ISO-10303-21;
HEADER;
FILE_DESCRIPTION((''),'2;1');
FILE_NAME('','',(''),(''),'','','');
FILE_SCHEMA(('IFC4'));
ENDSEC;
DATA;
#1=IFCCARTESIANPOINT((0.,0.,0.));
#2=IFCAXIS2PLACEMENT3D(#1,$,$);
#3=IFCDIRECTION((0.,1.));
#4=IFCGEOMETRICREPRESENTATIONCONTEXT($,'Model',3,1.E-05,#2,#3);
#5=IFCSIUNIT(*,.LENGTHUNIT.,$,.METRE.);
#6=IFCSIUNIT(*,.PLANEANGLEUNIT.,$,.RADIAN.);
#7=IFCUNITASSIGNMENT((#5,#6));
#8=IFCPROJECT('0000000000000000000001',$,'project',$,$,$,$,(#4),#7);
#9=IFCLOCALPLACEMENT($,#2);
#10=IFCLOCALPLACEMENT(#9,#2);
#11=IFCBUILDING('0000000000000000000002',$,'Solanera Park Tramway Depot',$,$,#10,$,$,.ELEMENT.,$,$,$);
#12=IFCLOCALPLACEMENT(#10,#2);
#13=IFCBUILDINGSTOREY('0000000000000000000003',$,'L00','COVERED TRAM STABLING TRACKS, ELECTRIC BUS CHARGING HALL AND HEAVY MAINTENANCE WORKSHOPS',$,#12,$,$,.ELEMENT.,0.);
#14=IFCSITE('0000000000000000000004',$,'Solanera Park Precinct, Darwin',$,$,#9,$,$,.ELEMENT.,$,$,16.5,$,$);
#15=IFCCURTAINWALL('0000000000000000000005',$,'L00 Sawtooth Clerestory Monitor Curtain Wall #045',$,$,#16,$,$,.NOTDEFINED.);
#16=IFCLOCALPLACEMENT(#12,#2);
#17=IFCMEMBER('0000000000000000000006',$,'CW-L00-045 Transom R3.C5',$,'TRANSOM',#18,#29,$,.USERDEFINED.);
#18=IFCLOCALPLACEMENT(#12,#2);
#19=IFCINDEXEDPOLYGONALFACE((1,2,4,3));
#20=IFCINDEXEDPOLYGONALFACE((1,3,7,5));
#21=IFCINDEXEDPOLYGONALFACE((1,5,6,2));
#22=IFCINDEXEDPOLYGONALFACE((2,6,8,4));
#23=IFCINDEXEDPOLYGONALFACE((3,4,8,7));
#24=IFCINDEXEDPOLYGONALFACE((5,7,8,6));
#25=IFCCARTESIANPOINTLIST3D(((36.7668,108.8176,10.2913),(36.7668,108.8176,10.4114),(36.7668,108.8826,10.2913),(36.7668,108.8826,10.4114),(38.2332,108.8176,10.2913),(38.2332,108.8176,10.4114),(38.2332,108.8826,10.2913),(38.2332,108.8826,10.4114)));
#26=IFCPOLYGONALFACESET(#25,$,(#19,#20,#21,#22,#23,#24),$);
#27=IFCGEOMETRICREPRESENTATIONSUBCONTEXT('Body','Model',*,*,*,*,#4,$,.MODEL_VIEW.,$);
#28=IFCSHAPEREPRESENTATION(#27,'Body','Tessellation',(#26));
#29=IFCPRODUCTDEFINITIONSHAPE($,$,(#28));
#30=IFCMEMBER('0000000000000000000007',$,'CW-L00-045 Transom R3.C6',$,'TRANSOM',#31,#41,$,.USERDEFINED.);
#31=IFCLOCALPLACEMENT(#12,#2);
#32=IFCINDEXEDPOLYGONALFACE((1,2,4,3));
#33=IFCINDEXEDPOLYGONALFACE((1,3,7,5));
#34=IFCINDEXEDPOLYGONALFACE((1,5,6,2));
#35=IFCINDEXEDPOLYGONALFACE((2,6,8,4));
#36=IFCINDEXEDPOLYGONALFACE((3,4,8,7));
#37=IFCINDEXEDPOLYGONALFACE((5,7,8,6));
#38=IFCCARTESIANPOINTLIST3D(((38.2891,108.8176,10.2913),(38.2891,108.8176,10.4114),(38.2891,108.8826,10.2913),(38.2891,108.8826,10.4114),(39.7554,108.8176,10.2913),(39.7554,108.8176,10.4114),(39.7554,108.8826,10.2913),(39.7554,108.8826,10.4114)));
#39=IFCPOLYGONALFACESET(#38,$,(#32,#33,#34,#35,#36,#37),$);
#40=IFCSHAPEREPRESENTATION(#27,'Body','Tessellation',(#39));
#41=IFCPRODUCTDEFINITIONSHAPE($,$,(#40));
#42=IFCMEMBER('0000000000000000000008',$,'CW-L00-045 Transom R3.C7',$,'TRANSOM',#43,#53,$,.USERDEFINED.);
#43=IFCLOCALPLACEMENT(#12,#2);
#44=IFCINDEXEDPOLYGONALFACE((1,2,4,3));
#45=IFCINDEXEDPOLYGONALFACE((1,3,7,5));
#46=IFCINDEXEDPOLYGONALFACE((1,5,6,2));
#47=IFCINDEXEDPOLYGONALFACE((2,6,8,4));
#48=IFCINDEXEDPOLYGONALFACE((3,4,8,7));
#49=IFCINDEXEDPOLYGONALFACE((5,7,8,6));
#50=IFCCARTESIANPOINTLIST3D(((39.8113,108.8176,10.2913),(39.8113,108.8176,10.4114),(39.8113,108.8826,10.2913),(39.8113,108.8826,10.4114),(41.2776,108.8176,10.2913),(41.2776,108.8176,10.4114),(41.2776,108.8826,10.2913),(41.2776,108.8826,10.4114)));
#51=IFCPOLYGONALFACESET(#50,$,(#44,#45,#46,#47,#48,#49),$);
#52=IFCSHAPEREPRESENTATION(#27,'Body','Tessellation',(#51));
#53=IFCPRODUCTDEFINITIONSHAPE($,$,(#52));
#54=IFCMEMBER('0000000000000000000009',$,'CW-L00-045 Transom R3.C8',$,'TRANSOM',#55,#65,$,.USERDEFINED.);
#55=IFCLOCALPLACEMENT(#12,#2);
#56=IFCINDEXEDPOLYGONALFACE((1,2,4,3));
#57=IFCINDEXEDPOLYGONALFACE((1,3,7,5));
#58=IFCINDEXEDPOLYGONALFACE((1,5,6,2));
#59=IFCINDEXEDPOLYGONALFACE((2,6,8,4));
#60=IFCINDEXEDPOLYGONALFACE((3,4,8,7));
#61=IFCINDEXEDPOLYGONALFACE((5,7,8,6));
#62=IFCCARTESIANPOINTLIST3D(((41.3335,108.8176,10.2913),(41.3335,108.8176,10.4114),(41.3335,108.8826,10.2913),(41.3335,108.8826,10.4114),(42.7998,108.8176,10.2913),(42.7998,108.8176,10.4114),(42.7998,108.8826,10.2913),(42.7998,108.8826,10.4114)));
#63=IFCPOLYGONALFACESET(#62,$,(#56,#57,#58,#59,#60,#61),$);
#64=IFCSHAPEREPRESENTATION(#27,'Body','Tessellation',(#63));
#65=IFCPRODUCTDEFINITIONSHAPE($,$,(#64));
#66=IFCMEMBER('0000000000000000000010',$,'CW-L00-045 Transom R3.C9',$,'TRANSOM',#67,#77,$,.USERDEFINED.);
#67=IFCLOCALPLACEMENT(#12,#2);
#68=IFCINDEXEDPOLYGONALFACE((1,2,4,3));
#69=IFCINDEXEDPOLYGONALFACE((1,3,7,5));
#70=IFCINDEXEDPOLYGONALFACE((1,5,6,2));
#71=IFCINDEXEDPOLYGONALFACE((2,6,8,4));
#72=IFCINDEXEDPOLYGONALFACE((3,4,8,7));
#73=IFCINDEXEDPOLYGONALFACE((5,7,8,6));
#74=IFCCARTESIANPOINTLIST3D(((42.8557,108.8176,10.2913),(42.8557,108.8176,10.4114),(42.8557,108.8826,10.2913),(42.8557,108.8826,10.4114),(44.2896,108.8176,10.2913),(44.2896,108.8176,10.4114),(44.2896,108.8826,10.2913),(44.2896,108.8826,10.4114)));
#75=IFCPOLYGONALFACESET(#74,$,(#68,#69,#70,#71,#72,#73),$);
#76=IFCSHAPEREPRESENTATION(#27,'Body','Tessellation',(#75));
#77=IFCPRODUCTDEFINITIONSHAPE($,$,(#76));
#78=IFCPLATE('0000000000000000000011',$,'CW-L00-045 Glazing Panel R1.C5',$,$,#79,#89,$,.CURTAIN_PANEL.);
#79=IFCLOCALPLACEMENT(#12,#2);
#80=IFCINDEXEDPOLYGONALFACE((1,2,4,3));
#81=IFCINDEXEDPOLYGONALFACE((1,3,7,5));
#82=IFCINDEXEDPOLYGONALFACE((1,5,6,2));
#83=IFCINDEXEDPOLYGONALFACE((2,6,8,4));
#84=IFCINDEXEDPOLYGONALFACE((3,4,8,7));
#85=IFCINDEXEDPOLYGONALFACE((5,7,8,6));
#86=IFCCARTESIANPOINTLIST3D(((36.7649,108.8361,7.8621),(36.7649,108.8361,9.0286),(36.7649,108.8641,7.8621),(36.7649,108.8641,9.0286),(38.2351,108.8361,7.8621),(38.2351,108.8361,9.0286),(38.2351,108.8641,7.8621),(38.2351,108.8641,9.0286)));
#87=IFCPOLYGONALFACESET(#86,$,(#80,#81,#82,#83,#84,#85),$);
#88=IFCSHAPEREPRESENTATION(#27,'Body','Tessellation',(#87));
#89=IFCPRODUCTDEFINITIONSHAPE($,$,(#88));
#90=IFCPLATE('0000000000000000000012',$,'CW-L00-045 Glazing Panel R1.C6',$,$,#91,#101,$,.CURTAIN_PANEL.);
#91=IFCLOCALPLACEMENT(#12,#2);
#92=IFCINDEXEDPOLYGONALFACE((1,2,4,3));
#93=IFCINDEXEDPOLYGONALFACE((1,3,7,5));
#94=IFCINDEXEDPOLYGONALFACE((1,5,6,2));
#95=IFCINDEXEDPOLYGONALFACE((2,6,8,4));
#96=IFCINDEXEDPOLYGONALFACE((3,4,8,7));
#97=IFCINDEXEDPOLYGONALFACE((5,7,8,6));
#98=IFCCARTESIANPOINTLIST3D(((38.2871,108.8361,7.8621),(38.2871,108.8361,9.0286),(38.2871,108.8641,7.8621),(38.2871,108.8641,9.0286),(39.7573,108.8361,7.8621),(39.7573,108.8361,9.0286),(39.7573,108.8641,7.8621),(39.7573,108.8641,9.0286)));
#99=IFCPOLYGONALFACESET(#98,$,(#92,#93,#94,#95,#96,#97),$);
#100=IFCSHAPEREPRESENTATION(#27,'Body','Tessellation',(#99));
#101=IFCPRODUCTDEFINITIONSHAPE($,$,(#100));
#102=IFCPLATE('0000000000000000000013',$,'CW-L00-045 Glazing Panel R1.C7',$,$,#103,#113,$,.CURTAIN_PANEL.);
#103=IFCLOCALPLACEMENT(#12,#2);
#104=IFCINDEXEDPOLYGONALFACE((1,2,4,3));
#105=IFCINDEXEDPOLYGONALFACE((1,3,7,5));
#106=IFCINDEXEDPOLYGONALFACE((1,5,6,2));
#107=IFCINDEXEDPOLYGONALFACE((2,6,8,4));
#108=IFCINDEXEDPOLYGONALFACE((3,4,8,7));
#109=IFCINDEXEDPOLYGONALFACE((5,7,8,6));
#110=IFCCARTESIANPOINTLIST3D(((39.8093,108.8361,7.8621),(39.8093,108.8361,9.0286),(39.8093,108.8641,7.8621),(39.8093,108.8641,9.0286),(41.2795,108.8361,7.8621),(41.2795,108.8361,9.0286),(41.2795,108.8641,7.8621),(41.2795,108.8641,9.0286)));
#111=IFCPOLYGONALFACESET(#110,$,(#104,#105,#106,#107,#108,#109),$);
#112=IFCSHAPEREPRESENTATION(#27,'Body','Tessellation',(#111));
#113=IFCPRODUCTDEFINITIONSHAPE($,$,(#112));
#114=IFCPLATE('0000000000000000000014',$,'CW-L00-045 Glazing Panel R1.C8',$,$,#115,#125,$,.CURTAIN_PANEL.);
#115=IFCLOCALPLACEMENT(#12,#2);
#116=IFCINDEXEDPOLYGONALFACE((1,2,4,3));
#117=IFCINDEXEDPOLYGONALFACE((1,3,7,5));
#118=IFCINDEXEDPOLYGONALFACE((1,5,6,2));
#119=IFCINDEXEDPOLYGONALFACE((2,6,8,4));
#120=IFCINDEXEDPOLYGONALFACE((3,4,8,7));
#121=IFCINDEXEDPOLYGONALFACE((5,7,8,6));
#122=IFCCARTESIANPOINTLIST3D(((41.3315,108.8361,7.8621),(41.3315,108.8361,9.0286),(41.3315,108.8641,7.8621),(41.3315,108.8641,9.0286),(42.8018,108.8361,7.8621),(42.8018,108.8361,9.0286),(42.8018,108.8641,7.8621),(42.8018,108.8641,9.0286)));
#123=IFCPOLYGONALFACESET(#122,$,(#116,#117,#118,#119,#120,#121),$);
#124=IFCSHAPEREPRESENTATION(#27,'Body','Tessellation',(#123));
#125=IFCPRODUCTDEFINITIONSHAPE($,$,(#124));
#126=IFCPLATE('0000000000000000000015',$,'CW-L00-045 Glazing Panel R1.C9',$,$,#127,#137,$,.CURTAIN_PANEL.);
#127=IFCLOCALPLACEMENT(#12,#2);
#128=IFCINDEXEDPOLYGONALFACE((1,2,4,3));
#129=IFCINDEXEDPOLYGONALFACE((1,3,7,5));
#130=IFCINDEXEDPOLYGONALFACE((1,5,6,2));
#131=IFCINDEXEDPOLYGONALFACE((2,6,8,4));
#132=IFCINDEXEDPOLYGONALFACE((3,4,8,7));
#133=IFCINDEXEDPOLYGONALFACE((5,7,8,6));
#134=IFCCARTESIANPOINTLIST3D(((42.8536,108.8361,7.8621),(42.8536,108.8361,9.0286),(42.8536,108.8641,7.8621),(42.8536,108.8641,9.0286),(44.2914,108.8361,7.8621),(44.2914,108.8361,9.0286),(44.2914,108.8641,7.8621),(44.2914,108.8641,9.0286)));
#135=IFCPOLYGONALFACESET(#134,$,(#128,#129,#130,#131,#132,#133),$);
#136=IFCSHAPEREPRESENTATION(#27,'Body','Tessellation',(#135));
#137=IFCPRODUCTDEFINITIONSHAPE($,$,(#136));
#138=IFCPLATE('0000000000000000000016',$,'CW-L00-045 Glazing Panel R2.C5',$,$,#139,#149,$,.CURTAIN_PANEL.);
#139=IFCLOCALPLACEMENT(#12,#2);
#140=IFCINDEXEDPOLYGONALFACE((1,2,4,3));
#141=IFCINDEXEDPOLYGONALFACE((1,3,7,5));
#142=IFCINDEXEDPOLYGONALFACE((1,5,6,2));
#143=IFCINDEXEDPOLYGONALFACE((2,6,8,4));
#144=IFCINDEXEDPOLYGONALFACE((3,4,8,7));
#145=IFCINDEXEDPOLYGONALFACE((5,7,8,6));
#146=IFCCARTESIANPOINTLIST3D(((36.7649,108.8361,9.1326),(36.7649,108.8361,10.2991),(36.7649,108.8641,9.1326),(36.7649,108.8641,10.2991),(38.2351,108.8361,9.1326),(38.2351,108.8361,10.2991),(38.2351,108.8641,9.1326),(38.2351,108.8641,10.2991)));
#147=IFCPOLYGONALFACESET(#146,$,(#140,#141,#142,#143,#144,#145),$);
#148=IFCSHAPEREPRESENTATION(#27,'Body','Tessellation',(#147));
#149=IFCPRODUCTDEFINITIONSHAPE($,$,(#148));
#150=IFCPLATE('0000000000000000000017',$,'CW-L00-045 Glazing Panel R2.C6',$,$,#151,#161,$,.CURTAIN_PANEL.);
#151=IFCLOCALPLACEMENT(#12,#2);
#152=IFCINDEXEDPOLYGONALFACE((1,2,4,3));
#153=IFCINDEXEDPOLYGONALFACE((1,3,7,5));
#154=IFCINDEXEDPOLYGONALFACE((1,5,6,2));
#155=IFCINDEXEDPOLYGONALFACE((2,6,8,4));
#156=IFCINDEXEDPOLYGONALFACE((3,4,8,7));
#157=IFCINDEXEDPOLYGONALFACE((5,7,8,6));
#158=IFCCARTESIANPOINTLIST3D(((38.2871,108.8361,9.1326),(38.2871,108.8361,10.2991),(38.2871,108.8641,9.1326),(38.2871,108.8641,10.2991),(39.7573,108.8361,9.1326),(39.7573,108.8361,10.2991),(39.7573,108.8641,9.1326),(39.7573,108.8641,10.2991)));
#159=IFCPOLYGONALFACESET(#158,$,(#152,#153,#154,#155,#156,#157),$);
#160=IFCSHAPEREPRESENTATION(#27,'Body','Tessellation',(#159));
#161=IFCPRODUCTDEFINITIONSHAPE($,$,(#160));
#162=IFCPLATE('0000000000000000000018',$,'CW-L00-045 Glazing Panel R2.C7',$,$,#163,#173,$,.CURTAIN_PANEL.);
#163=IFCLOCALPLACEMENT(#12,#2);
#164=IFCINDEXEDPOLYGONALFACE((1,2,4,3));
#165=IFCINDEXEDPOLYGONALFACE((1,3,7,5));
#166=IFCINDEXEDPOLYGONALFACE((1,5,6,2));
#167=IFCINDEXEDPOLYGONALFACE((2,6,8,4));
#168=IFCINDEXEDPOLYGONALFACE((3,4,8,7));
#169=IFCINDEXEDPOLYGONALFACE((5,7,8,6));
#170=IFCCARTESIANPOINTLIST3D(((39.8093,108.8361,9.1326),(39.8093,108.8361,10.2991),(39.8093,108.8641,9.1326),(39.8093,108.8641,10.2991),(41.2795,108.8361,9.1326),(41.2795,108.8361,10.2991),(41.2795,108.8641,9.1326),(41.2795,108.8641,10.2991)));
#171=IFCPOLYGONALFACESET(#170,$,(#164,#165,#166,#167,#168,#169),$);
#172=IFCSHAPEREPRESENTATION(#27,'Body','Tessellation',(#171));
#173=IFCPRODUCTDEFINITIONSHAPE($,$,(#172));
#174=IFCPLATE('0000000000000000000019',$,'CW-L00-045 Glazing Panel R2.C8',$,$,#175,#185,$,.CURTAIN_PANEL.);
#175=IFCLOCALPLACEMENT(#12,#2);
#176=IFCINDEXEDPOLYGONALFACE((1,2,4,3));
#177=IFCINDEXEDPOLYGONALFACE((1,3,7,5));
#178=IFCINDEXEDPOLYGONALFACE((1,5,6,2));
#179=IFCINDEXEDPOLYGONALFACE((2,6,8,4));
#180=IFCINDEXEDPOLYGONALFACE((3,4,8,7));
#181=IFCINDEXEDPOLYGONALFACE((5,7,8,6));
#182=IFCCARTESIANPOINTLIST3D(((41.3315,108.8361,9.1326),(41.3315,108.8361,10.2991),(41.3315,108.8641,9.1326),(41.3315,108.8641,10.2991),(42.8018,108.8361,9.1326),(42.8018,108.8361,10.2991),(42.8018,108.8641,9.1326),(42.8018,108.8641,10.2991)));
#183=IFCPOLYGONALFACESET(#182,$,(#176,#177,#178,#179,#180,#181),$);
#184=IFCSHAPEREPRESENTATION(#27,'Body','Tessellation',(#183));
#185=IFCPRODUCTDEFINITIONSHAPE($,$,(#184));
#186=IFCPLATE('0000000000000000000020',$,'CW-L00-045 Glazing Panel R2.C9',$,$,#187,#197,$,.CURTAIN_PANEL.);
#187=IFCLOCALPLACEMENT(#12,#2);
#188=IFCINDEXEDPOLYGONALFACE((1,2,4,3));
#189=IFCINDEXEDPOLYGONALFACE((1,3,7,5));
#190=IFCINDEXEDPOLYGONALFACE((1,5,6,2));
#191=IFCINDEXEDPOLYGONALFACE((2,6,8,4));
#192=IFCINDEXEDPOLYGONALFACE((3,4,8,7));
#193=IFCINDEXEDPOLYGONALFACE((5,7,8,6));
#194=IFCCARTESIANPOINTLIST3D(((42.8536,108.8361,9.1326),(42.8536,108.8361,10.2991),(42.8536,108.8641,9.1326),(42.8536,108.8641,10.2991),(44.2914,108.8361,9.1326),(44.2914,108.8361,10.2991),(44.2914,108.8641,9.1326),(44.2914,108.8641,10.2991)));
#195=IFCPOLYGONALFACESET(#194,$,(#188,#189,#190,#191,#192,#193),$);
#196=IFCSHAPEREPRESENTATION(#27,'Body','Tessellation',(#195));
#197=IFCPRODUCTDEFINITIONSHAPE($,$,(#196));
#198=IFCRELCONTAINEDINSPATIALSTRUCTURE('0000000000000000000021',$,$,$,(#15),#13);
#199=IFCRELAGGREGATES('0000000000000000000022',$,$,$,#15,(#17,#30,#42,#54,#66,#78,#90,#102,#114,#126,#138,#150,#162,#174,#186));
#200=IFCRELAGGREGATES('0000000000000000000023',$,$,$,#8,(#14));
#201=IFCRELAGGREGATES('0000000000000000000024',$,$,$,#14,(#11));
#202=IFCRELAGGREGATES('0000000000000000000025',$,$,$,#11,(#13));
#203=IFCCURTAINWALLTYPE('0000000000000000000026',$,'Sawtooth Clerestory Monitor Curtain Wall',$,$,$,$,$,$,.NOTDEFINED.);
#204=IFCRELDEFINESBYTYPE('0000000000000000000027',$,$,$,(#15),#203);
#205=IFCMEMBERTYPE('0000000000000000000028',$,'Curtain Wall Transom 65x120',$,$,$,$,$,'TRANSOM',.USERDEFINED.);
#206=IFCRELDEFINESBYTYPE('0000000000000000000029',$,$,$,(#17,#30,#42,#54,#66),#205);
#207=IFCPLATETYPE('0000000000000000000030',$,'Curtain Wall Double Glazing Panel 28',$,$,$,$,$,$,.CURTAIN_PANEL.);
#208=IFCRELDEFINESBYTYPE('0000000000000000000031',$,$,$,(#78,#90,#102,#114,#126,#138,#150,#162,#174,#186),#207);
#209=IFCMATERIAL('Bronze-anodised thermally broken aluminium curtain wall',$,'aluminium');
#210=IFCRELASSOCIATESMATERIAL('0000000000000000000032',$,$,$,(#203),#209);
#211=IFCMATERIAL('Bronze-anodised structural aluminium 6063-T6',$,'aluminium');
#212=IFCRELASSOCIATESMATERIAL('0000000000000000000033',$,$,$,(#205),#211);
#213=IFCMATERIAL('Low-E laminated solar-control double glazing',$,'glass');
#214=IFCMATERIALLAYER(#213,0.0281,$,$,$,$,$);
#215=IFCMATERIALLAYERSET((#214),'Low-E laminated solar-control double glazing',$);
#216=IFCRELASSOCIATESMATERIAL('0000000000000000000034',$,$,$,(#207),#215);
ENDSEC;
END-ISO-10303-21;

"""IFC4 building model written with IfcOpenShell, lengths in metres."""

from ifc_helpers import new_model, si_unit, direction, frame, origin, origin_2d, place, context, subcontext, project, spatial, rectangle, extrude, material, layer, layer_set, material_profile, profile_set, type_object, element, aggregate, save


model = new_model("IFC4")

# Units and contexts
model_context = context("Model", 3, precision=1e-05, world=origin(), true_north=direction((0.0, 1.0)))
body_context = subcontext(model_context, "Body", "Model", "MODEL_VIEW")
ifc_project = project(units=[si_unit("LENGTHUNIT", "METRE"), si_unit("PLANEANGLEUNIT", "RADIAN")], contexts=[model_context])

# Site, building, storey
site_placement = place(None, origin())
site = spatial("IfcSite", under=ifc_project, at=site_placement, Name="Solanera Park Precinct, Darwin", CompositionType="ELEMENT", RefElevation=16.5)
building_placement = place(site_placement, origin())
building = spatial("IfcBuilding", under=site, at=building_placement, Name="Solanera Park Tramway Depot", CompositionType="ELEMENT")
storey_placement = place(building_placement, origin())
storey = spatial("IfcBuildingStorey", under=building, at=storey_placement, Name="L00", Description="COVERED TRAM STABLING TRACKS, ELECTRIC BUS CHARGING HALL AND HEAVY MAINTENANCE WORKSHOPS", CompositionType="ELEMENT", Elevation=0.0)

# Curtain wall, members, plates
ifc_material_1 = material(Name="Bronze-anodised thermally broken aluminium curtain wall", Category="aluminium")
curtain_wall_type = type_object("IfcCurtainWallType", Name="Sawtooth Clerestory Monitor Curtain Wall", PredefinedType="NOTDEFINED", material=ifc_material_1)
curtain_wall_placement = place(storey_placement, origin())
curtain_wall = element("IfcCurtainWall", 1, at=curtain_wall_placement, inside=storey, type_object=curtain_wall_type, Name="L00 Sawtooth Clerestory Monitor Curtain Wall #045", PredefinedType="NOTDEFINED")
ifc_material_2 = material(Name="Bronze-anodised structural aluminium 6063-T6", Category="aluminium")
ifc_material_profile_1 = material_profile(ifc_material_2, rectangle(XDim=0.0649, YDim=0.1201, at=origin_2d()), Name="Curtain Wall Transom 65x120")
ifc_profile_set_1 = profile_set([ifc_material_profile_1], Name="Bronze-anodised structural aluminium 6063-T6")
member_type_1 = type_object("IfcMemberType", Name="Curtain Wall Transom 65x120", ElementType="TRANSOM", PredefinedType="USERDEFINED", material=ifc_profile_set_1)
member_1_placement = place(storey_placement, frame((36.7668, 108.8501, 10.3513), z_axis=(1.0, 0.0, 0.0), x_axis=(0.0, 1.0, 0.0)))
member_1 = element("IfcMember", 2, at=member_1_placement, type_object=member_type_1, Name="CW-L00-045 Transom R3.C5", ObjectType="TRANSOM", PredefinedType="USERDEFINED", context=body_context, shape_type="SweptSolid", body=[
    extrude(rectangle(XDim=0.0649, YDim=0.1201, at=origin_2d()), origin(), (0.0, 0.0, 1.0), 1.4663),
])
member_2_placement = place(storey_placement, frame((38.2891, 108.8501, 10.3513), z_axis=(1.0, 0.0, 0.0), x_axis=(0.0, 1.0, 0.0)))
member_2 = element("IfcMember", 3, at=member_2_placement, type_object=member_type_1, Name="CW-L00-045 Transom R3.C6", ObjectType="TRANSOM", PredefinedType="USERDEFINED", context=body_context, shape_type="SweptSolid", body=[
    extrude(rectangle(XDim=0.0649, YDim=0.1201, at=origin_2d()), origin(), (0.0, 0.0, 1.0), 1.4663),
])
member_3_placement = place(storey_placement, frame((39.8113, 108.8501, 10.3513), z_axis=(1.0, 0.0, 0.0), x_axis=(0.0, 1.0, 0.0)))
member_3 = element("IfcMember", 4, at=member_3_placement, type_object=member_type_1, Name="CW-L00-045 Transom R3.C7", ObjectType="TRANSOM", PredefinedType="USERDEFINED", context=body_context, shape_type="SweptSolid", body=[
    extrude(rectangle(XDim=0.0649, YDim=0.1201, at=origin_2d()), origin(), (0.0, 0.0, 1.0), 1.4663),
])
member_4_placement = place(storey_placement, frame((41.3335, 108.8501, 10.3513), z_axis=(1.0, 0.0, 0.0), x_axis=(0.0, 1.0, 0.0)))
member_4 = element("IfcMember", 5, at=member_4_placement, type_object=member_type_1, Name="CW-L00-045 Transom R3.C8", ObjectType="TRANSOM", PredefinedType="USERDEFINED", context=body_context, shape_type="SweptSolid", body=[
    extrude(rectangle(XDim=0.0649, YDim=0.1201, at=origin_2d()), origin(), (0.0, 0.0, 1.0), 1.4663),
])
member_5_placement = place(storey_placement, frame((42.8557, 108.8501, 10.3513), z_axis=(1.0, 0.0, 0.0), x_axis=(0.0, 1.0, 0.0)))
member_5 = element("IfcMember", 6, at=member_5_placement, type_object=member_type_1, Name="CW-L00-045 Transom R3.C9", ObjectType="TRANSOM", PredefinedType="USERDEFINED", context=body_context, shape_type="SweptSolid", body=[
    extrude(rectangle(XDim=0.0649, YDim=0.1201, at=origin_2d()), origin(), (0.0, 0.0, 1.0), 1.4338),
])
ifc_material_3 = material(Name="Low-E laminated solar-control double glazing", Category="glass")
ifc_layer_1 = layer(ifc_material_3, 0.0281)
ifc_layer_set_1 = layer_set([ifc_layer_1], Name="Low-E laminated solar-control double glazing")
plate_type_1 = type_object("IfcPlateType", Name="Curtain Wall Double Glazing Panel 28", PredefinedType="CURTAIN_PANEL", material=ifc_layer_set_1)
plate_1_placement = place(storey_placement, frame((37.5, 108.8501, 7.8621), z_axis=(0.0, 0.0, 1.0), x_axis=(1.0, 0.0, 0.0)))
plate_1 = element("IfcPlate", 7, at=plate_1_placement, type_object=plate_type_1, Name="CW-L00-045 Glazing Panel R1.C5", PredefinedType="CURTAIN_PANEL", context=body_context, shape_type="SweptSolid", body=[
    extrude(rectangle(XDim=1.4702, YDim=0.0281, at=origin_2d()), origin(), (0.0, 0.0, 1.0), 1.1665),
])
plate_2_placement = place(storey_placement, frame((39.0222, 108.8501, 7.8621), z_axis=(0.0, 0.0, 1.0), x_axis=(1.0, 0.0, 0.0)))
plate_2 = element("IfcPlate", 8, at=plate_2_placement, type_object=plate_type_1, Name="CW-L00-045 Glazing Panel R1.C6", PredefinedType="CURTAIN_PANEL", context=body_context, shape_type="SweptSolid", body=[
    extrude(rectangle(XDim=1.4702, YDim=0.0281, at=origin_2d()), origin(), (0.0, 0.0, 1.0), 1.1665),
])
plate_3_placement = place(storey_placement, frame((40.5444, 108.8501, 7.8621), z_axis=(0.0, 0.0, 1.0), x_axis=(1.0, 0.0, 0.0)))
plate_3 = element("IfcPlate", 9, at=plate_3_placement, type_object=plate_type_1, Name="CW-L00-045 Glazing Panel R1.C7", PredefinedType="CURTAIN_PANEL", context=body_context, shape_type="SweptSolid", body=[
    extrude(rectangle(XDim=1.4702, YDim=0.0281, at=origin_2d()), origin(), (0.0, 0.0, 1.0), 1.1665),
])
plate_4_placement = place(storey_placement, frame((42.0667, 108.8501, 7.8621), z_axis=(0.0, 0.0, 1.0), x_axis=(1.0, 0.0, 0.0)))
plate_4 = element("IfcPlate", 10, at=plate_4_placement, type_object=plate_type_1, Name="CW-L00-045 Glazing Panel R1.C8", PredefinedType="CURTAIN_PANEL", context=body_context, shape_type="SweptSolid", body=[
    extrude(rectangle(XDim=1.4702, YDim=0.0281, at=origin_2d()), origin(), (0.0, 0.0, 1.0), 1.1665),
])
plate_5_placement = place(storey_placement, frame((43.5725, 108.8501, 7.8621), z_axis=(0.0, 0.0, 1.0), x_axis=(1.0, 0.0, 0.0)))
plate_5 = element("IfcPlate", 11, at=plate_5_placement, type_object=plate_type_1, Name="CW-L00-045 Glazing Panel R1.C9", PredefinedType="CURTAIN_PANEL", context=body_context, shape_type="SweptSolid", body=[
    extrude(rectangle(XDim=1.4377, YDim=0.0281, at=origin_2d()), origin(), (0.0, 0.0, 1.0), 1.1665),
])
plate_6_placement = place(storey_placement, frame((37.5, 108.8501, 9.1326), z_axis=(0.0, 0.0, 1.0), x_axis=(1.0, 0.0, 0.0)))
plate_6 = element("IfcPlate", 12, at=plate_6_placement, type_object=plate_type_1, Name="CW-L00-045 Glazing Panel R2.C5", PredefinedType="CURTAIN_PANEL", context=body_context, shape_type="SweptSolid", body=[
    extrude(rectangle(XDim=1.4702, YDim=0.0281, at=origin_2d()), origin(), (0.0, 0.0, 1.0), 1.1665),
])
plate_7_placement = place(storey_placement, frame((39.0222, 108.8501, 9.1326), z_axis=(0.0, 0.0, 1.0), x_axis=(1.0, 0.0, 0.0)))
plate_7 = element("IfcPlate", 13, at=plate_7_placement, type_object=plate_type_1, Name="CW-L00-045 Glazing Panel R2.C6", PredefinedType="CURTAIN_PANEL", context=body_context, shape_type="SweptSolid", body=[
    extrude(rectangle(XDim=1.4702, YDim=0.0281, at=origin_2d()), origin(), (0.0, 0.0, 1.0), 1.1665),
])
plate_8_placement = place(storey_placement, frame((40.5444, 108.8501, 9.1326), z_axis=(0.0, 0.0, 1.0), x_axis=(1.0, 0.0, 0.0)))
plate_8 = element("IfcPlate", 14, at=plate_8_placement, type_object=plate_type_1, Name="CW-L00-045 Glazing Panel R2.C7", PredefinedType="CURTAIN_PANEL", context=body_context, shape_type="SweptSolid", body=[
    extrude(rectangle(XDim=1.4702, YDim=0.0281, at=origin_2d()), origin(), (0.0, 0.0, 1.0), 1.1665),
])
plate_9_placement = place(storey_placement, frame((42.0667, 108.8501, 9.1326), z_axis=(0.0, 0.0, 1.0), x_axis=(1.0, 0.0, 0.0)))
plate_9 = element("IfcPlate", 15, at=plate_9_placement, type_object=plate_type_1, Name="CW-L00-045 Glazing Panel R2.C8", PredefinedType="CURTAIN_PANEL", context=body_context, shape_type="SweptSolid", body=[
    extrude(rectangle(XDim=1.4702, YDim=0.0281, at=origin_2d()), origin(), (0.0, 0.0, 1.0), 1.1665),
])
plate_10_placement = place(storey_placement, frame((43.5725, 108.8501, 9.1326), z_axis=(0.0, 0.0, 1.0), x_axis=(1.0, 0.0, 0.0)))
plate_10 = element("IfcPlate", 16, at=plate_10_placement, type_object=plate_type_1, Name="CW-L00-045 Glazing Panel R2.C9", PredefinedType="CURTAIN_PANEL", context=body_context, shape_type="SweptSolid", body=[
    extrude(rectangle(XDim=1.4377, YDim=0.0281, at=origin_2d()), origin(), (0.0, 0.0, 1.0), 1.1665),
])
aggregate(curtain_wall, [member_1, member_2, member_3, member_4, member_5, plate_1, plate_2, plate_3, plate_4, plate_5, plate_6, plate_7, plate_8, plate_9, plate_10])

save(model, "model.ifc")
